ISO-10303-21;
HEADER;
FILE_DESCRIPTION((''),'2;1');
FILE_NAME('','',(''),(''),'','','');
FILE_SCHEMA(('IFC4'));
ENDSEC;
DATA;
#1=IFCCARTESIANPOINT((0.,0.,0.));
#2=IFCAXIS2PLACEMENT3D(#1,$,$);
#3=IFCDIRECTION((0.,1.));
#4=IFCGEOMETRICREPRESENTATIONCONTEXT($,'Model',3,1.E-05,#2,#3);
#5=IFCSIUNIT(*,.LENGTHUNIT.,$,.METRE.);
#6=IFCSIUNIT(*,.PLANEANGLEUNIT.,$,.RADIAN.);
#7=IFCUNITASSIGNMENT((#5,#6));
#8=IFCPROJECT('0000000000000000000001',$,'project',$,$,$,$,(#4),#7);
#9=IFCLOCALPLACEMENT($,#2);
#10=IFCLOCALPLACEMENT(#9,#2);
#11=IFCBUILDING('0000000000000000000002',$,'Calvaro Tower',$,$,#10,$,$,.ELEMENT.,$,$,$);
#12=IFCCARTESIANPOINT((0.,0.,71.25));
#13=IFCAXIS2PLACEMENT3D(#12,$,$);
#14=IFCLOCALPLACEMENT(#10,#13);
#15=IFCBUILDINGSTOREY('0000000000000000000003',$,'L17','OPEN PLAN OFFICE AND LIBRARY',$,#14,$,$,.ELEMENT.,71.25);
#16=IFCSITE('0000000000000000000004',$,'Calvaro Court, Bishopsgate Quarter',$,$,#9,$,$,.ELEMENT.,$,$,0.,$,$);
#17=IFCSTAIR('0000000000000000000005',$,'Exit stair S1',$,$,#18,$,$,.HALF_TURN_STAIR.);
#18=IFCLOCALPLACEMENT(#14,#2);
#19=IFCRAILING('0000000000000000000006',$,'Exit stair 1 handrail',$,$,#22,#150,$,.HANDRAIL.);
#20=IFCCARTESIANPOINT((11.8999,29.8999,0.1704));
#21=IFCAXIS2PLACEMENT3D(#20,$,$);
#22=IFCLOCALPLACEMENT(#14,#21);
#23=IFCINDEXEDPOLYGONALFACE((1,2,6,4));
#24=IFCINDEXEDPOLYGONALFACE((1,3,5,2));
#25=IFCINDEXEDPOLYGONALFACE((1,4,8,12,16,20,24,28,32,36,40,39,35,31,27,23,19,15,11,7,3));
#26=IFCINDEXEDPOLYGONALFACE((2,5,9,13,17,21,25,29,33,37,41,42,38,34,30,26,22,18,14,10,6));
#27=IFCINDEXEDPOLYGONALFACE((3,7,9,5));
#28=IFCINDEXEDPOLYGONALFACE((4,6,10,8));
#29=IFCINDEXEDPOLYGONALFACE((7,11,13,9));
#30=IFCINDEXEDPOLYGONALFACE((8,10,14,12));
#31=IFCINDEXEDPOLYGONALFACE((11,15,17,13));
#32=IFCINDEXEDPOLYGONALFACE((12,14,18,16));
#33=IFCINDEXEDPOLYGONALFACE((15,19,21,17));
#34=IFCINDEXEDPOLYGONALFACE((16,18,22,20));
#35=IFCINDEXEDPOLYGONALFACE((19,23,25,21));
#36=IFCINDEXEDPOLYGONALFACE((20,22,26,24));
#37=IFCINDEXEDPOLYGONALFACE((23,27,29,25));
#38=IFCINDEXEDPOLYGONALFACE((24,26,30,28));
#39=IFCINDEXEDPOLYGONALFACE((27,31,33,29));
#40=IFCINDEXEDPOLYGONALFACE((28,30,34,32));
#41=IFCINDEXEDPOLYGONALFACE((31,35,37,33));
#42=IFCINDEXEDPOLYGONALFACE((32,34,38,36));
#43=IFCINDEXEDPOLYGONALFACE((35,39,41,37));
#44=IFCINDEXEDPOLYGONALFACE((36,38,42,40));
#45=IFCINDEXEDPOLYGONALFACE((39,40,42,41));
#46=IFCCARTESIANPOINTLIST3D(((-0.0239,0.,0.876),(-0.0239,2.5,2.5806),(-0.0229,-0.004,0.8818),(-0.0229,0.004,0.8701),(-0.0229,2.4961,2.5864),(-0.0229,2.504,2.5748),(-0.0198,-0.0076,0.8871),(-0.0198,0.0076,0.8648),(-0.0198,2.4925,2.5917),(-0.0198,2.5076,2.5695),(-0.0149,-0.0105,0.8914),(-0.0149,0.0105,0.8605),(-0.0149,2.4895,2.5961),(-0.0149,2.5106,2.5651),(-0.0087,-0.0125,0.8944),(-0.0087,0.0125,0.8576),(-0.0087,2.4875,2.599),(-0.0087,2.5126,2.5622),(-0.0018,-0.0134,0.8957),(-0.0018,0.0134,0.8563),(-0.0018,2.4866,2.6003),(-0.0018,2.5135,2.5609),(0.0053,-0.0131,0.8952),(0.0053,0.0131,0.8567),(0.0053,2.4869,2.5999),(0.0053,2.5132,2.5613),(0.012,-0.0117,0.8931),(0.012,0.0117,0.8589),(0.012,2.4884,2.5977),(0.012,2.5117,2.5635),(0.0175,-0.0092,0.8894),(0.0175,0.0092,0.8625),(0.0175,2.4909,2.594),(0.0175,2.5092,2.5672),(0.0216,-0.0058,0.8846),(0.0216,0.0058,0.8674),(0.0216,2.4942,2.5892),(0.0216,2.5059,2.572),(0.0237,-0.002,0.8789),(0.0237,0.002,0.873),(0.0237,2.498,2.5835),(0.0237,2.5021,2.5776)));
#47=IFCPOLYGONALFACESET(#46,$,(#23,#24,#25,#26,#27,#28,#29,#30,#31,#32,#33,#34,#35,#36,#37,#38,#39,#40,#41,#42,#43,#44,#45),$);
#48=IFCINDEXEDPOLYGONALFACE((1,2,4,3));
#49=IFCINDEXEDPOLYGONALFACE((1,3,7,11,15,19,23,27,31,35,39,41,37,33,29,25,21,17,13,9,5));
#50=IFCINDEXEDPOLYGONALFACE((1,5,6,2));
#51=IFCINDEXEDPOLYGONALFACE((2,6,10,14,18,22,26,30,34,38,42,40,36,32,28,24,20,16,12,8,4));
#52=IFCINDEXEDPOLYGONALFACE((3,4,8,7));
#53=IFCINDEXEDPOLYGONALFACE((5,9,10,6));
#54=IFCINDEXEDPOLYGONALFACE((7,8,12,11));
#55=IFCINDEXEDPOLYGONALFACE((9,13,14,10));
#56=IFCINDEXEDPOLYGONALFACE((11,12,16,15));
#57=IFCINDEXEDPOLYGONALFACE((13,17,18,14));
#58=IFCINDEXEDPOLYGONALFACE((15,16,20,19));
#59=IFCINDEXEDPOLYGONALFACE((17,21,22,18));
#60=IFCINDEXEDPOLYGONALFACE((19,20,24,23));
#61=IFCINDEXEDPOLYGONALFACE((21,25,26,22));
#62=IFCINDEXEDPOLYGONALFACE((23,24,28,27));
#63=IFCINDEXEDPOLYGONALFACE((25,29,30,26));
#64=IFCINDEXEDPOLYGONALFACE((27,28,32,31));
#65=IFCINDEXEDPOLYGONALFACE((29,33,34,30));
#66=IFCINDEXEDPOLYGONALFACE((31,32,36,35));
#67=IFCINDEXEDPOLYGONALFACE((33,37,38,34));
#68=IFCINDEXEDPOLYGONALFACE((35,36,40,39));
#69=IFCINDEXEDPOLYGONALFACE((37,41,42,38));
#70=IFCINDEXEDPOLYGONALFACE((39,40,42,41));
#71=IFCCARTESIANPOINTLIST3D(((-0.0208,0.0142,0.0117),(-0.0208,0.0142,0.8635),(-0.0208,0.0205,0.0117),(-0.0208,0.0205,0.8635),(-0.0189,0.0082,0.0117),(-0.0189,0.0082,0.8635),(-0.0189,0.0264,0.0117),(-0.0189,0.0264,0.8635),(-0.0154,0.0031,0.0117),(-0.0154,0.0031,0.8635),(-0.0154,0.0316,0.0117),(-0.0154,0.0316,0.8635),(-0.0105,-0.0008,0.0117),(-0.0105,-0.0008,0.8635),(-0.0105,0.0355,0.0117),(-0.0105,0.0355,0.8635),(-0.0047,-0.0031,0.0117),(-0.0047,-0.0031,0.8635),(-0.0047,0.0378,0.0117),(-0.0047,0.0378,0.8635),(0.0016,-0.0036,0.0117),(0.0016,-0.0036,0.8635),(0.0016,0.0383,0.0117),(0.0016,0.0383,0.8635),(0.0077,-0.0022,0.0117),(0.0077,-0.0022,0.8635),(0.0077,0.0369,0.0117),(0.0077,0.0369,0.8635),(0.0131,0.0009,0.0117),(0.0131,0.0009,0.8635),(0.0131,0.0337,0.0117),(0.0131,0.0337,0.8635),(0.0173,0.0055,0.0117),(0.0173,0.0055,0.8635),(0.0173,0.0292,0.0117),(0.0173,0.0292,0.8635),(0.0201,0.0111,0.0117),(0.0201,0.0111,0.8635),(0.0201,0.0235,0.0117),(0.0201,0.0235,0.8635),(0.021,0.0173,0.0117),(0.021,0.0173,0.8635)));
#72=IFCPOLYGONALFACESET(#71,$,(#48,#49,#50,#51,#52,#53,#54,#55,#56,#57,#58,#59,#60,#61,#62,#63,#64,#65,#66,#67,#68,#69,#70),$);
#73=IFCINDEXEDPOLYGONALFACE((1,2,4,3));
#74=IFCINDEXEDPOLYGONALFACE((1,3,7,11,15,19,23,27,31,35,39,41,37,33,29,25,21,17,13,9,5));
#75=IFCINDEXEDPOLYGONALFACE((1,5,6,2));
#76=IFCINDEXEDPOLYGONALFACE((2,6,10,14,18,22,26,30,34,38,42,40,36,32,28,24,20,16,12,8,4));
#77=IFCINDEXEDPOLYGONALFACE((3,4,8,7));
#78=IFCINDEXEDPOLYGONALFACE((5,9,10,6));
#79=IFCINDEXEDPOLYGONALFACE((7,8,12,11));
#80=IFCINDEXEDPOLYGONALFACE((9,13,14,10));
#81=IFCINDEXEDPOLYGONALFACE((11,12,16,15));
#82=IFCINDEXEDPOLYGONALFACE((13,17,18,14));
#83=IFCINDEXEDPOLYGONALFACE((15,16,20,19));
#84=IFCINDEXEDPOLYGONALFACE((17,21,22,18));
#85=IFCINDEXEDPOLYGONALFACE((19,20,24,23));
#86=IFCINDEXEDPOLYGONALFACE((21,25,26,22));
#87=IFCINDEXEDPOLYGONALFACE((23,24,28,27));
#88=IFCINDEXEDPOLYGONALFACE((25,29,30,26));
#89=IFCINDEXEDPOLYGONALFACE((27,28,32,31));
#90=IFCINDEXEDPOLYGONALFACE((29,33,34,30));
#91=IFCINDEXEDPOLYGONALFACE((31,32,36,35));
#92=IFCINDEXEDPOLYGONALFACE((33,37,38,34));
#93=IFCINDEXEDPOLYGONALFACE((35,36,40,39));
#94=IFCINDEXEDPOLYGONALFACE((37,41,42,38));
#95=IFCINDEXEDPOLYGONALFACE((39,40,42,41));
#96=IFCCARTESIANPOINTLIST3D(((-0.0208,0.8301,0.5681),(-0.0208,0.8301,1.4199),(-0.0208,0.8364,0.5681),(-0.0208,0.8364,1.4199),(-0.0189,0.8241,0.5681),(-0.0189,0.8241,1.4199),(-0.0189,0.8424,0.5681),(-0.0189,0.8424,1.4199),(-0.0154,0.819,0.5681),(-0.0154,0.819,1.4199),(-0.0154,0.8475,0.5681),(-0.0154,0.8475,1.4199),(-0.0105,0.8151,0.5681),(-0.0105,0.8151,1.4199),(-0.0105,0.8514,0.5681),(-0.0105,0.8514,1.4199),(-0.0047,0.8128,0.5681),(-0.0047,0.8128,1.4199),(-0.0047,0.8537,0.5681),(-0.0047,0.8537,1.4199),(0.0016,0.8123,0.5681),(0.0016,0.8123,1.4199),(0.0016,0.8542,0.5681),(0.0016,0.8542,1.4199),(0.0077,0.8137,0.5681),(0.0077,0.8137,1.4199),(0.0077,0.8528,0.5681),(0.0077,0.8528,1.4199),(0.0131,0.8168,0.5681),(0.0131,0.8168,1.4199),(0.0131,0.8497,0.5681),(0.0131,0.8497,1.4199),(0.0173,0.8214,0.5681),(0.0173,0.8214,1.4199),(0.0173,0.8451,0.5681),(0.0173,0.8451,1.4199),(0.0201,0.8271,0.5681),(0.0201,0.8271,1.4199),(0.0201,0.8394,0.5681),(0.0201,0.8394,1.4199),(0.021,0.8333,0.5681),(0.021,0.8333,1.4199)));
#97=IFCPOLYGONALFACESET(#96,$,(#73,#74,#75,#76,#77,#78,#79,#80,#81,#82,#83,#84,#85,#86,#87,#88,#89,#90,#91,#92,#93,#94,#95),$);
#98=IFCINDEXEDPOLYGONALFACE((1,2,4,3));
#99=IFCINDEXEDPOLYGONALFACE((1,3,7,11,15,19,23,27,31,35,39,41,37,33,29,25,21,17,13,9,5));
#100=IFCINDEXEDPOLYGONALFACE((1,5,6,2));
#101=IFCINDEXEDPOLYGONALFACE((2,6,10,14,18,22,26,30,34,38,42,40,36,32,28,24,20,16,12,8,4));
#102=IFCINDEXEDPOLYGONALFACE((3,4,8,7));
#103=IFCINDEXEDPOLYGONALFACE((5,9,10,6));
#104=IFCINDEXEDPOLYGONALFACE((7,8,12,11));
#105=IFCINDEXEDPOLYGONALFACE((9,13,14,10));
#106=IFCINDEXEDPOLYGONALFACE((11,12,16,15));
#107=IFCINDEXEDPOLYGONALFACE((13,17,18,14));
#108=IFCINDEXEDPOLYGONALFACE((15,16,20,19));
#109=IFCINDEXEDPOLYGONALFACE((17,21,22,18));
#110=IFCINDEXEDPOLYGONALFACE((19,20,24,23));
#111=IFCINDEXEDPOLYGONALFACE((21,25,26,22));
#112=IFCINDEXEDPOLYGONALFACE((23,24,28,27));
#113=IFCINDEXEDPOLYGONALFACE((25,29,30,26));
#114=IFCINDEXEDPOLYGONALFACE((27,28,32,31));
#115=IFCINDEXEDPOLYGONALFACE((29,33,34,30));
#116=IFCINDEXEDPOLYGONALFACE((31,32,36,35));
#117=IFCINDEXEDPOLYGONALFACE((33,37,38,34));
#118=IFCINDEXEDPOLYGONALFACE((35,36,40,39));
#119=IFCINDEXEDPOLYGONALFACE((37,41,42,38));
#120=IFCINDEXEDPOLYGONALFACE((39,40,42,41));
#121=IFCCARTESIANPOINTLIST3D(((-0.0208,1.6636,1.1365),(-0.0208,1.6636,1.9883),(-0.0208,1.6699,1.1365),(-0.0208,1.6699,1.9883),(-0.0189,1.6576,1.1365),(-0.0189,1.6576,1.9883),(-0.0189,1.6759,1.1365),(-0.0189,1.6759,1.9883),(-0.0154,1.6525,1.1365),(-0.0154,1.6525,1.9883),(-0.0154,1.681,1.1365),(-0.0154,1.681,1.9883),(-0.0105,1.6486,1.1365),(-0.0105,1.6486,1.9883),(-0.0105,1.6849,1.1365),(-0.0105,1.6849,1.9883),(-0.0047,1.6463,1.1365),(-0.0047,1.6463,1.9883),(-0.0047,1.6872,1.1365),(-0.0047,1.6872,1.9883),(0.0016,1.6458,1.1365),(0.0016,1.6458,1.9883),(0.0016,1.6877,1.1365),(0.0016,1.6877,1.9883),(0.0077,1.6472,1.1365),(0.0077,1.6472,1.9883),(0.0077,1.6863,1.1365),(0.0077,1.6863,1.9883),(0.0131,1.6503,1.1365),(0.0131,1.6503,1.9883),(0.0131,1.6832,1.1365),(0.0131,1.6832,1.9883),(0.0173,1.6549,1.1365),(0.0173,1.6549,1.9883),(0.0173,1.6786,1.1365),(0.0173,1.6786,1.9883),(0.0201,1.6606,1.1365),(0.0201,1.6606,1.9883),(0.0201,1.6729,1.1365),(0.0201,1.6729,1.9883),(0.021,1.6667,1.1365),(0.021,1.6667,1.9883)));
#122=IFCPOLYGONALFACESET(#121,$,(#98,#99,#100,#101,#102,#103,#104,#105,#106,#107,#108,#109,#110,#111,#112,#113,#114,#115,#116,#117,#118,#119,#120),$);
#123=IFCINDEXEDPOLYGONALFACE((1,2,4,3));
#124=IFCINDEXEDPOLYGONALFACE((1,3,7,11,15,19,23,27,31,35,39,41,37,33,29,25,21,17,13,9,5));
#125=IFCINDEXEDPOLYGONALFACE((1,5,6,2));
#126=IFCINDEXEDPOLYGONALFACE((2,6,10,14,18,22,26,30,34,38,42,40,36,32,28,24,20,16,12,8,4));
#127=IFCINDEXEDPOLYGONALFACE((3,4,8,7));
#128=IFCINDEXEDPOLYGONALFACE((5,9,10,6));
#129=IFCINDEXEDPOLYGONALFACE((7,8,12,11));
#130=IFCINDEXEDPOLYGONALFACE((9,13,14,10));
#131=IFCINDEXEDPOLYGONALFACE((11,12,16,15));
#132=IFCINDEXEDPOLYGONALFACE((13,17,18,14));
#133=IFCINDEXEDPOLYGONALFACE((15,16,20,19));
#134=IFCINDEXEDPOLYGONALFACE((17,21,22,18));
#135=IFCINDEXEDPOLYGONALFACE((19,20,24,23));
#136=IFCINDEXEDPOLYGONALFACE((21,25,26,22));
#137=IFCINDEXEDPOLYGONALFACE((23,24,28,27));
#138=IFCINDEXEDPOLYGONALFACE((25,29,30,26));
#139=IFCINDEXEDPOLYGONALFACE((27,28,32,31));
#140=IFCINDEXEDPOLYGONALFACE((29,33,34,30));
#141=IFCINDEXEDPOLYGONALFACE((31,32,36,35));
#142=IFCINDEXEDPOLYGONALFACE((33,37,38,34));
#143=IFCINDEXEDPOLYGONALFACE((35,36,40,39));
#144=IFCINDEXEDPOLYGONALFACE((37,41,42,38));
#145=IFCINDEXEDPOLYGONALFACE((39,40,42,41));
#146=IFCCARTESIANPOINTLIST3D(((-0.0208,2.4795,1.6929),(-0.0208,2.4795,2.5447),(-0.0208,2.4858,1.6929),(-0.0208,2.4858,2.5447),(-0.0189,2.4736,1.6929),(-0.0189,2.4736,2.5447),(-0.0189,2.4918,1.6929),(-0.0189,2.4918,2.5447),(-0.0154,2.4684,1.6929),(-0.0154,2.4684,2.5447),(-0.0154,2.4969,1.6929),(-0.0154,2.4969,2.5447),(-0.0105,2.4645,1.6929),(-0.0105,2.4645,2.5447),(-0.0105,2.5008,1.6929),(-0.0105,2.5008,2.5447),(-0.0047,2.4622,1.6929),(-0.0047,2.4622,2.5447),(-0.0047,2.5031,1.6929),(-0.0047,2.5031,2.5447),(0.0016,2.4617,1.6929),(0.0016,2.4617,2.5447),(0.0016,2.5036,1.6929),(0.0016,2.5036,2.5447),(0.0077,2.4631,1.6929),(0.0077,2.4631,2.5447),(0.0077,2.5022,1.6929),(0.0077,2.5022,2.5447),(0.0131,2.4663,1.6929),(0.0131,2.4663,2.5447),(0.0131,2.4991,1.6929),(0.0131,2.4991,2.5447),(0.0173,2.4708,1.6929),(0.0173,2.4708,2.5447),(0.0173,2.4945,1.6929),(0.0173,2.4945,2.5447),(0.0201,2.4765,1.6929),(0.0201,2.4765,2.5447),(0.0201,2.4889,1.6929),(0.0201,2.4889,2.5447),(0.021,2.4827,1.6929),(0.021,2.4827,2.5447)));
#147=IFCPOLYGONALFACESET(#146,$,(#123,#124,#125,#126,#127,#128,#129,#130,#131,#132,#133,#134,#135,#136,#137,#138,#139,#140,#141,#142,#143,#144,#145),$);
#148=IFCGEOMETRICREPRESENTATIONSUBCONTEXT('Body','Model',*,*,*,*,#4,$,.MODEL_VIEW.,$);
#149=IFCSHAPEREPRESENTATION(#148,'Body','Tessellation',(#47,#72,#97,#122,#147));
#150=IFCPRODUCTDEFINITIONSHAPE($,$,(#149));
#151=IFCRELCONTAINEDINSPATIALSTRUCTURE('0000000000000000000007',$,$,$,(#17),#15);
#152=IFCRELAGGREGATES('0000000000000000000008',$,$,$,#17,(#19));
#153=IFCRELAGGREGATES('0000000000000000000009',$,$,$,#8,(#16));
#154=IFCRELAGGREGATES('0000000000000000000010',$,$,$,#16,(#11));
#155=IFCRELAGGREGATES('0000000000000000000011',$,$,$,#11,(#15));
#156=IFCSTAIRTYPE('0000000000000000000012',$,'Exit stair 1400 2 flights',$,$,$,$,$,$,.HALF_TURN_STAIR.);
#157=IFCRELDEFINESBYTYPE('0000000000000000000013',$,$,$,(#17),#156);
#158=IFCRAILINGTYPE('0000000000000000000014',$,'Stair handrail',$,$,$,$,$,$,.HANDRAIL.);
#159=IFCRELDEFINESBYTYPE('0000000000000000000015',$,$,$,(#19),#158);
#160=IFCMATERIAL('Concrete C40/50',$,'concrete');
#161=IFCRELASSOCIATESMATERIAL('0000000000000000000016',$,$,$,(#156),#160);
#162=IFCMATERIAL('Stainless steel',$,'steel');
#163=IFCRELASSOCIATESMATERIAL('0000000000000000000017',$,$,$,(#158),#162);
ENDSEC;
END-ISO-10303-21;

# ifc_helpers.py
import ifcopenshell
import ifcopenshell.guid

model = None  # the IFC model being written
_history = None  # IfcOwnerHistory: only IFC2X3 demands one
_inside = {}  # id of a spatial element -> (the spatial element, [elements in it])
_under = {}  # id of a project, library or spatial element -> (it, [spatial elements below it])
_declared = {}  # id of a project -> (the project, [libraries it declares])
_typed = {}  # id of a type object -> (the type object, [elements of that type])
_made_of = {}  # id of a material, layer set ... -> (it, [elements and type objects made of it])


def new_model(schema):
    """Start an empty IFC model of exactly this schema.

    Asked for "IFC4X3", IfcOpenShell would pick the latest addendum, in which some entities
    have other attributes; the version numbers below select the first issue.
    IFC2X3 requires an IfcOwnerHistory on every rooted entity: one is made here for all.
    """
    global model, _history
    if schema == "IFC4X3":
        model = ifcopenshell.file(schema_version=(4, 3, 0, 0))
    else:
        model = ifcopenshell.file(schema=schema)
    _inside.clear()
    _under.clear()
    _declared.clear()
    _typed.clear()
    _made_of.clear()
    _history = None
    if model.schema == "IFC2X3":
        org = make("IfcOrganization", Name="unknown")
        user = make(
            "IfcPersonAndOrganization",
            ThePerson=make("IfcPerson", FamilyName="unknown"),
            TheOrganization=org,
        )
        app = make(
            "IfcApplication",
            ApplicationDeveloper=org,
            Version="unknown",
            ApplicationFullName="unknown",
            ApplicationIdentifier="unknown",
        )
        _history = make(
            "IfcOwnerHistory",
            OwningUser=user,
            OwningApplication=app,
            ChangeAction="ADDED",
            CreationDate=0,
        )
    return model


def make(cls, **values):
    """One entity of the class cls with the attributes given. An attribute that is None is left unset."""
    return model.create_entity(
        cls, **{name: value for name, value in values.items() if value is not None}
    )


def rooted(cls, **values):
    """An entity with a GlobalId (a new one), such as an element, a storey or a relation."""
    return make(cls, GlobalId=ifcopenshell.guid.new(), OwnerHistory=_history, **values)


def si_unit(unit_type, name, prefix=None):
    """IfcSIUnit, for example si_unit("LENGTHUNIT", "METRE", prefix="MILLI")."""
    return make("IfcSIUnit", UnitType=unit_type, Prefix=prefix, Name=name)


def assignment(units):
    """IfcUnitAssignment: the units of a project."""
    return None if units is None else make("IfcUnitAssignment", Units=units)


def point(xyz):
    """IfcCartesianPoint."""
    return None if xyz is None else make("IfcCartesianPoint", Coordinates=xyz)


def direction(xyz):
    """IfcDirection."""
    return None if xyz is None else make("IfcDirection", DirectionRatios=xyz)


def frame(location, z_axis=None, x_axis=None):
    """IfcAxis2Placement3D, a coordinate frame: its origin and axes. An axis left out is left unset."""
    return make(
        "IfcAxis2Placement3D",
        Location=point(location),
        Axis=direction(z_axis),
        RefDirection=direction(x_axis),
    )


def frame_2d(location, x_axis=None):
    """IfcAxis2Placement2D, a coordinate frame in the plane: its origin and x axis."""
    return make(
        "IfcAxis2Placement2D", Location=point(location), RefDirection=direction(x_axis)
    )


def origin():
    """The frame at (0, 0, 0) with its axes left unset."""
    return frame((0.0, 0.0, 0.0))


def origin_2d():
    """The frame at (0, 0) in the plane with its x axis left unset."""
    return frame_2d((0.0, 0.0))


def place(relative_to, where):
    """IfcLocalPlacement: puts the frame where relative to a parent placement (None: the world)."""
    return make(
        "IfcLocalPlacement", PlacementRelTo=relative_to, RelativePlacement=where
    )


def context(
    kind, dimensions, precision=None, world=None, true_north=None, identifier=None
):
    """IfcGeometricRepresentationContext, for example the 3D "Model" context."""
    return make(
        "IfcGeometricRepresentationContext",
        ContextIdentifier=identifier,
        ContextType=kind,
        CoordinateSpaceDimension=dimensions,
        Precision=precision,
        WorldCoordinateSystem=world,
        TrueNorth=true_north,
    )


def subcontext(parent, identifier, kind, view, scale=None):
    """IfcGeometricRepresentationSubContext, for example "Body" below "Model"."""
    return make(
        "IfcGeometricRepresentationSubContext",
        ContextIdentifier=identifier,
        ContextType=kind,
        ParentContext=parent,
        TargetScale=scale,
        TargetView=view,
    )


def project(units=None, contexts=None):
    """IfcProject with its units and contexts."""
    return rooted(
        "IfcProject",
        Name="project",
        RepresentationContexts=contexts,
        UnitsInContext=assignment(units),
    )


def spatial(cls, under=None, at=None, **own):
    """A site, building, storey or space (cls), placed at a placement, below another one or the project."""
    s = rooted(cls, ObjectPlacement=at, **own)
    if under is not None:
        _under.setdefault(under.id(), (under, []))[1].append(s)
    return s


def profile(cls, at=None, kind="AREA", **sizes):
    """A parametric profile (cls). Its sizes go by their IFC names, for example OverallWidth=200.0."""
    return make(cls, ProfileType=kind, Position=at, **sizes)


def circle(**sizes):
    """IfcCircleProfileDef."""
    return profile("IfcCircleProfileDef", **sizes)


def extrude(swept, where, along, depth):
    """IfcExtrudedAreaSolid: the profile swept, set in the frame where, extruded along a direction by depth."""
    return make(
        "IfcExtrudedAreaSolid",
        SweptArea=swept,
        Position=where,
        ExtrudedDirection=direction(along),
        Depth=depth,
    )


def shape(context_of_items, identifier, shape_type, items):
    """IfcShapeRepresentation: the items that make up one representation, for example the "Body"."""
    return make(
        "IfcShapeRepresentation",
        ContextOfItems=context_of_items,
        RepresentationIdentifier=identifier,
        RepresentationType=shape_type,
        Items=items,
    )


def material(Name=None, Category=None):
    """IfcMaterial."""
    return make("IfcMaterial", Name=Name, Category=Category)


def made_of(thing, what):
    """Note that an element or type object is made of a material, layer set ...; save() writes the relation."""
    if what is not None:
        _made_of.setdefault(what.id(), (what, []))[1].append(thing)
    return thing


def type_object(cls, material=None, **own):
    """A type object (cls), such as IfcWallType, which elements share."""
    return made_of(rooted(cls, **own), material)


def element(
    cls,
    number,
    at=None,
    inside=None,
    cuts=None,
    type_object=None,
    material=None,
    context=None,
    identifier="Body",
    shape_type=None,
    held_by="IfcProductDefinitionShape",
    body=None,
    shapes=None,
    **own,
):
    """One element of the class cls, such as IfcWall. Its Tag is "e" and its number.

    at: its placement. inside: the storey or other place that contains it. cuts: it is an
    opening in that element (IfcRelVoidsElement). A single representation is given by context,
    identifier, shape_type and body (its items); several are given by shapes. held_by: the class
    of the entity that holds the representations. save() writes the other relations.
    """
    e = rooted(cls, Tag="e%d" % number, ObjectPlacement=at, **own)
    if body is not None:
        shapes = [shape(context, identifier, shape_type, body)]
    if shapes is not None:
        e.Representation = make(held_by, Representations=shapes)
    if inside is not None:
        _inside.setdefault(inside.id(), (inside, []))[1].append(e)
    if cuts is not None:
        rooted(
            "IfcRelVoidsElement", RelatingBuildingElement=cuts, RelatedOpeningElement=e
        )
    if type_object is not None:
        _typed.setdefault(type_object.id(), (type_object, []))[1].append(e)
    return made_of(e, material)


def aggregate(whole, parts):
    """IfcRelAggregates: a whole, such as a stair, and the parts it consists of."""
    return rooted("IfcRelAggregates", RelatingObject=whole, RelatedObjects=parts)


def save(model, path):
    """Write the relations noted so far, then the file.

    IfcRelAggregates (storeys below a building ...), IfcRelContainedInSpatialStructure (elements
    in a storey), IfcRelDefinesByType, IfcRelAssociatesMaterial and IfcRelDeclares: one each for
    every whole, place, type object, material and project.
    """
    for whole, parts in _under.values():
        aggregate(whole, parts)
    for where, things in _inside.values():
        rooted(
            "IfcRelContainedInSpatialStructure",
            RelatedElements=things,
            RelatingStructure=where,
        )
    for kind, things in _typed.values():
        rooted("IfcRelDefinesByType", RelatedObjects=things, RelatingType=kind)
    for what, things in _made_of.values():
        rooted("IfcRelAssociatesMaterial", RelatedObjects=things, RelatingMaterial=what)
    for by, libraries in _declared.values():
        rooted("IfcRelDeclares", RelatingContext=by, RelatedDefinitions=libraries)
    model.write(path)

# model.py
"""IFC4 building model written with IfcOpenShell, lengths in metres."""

from ifc_helpers import new_model, si_unit, direction, frame, origin, origin_2d, place, context, subcontext, project, spatial, circle, extrude, material, type_object, element, aggregate, save


model = new_model("IFC4")

# Units and contexts
model_context = context("Model", 3, precision=1e-05, world=origin(), true_north=direction((0.0, 1.0)))
body_context = subcontext(model_context, "Body", "Model", "MODEL_VIEW")
ifc_project = project(units=[si_unit("LENGTHUNIT", "METRE"), si_unit("PLANEANGLEUNIT", "RADIAN")], contexts=[model_context])

# Site, building, storey
site_placement = place(None, origin())
site = spatial("IfcSite", under=ifc_project, at=site_placement, Name="Calvaro Court, Bishopsgate Quarter", CompositionType="ELEMENT", RefElevation=0.0)
building_placement = place(site_placement, origin())
building = spatial("IfcBuilding", under=site, at=building_placement, Name="Calvaro Tower", CompositionType="ELEMENT")
storey_placement = place(building_placement, frame((0.0, 0.0, 71.25)))
storey = spatial("IfcBuildingStorey", under=building, at=storey_placement, Name="L17", Description="OPEN PLAN OFFICE AND LIBRARY", CompositionType="ELEMENT", Elevation=71.25)

# Stair, railing
ifc_material_1 = material(Name="Concrete C40/50", Category="concrete")
stair_type = type_object("IfcStairType", Name="Exit stair 1400 2 flights", PredefinedType="HALF_TURN_STAIR", material=ifc_material_1)
stair_placement = place(storey_placement, origin())
stair = element("IfcStair", 1, at=stair_placement, inside=storey, type_object=stair_type, Name="Exit stair S1", PredefinedType="HALF_TURN_STAIR")
ifc_material_2 = material(Name="Stainless steel", Category="steel")
railing_type = type_object("IfcRailingType", Name="Stair handrail", PredefinedType="HANDRAIL", material=ifc_material_2)
railing_1_placement = place(storey_placement, frame((11.8999, 29.8999, 0.1704)))
railing_1 = element("IfcRailing", 2, at=railing_1_placement, type_object=railing_type, Name="Exit stair 1 handrail", PredefinedType="HANDRAIL", context=body_context, shape_type="SweptSolid", body=[
    extrude(circle(Radius=0.0239, at=origin_2d()), frame((0.0, 0.0, 0.876), z_axis=(0.0, 0.826221, 0.563347), x_axis=(-1.0, 0.0, 0.0)), (0.0, 0.0, 1.0), 3.0259),
    extrude(circle(Radius=0.021, at=origin_2d()), frame((0.0, 0.0173, 0.0117)), (0.0, 0.0, 1.0), 0.8518),
    extrude(circle(Radius=0.021, at=origin_2d()), frame((0.0, 0.8333, 0.5681)), (0.0, 0.0, 1.0), 0.8518),
    extrude(circle(Radius=0.021, at=origin_2d()), frame((0.0, 1.6667, 1.1365)), (0.0, 0.0, 1.0), 0.8518),
    extrude(circle(Radius=0.021, at=origin_2d()), frame((0.0, 2.4827, 1.6929)), (0.0, 0.0, 1.0), 0.8518),
])
aggregate(stair, [railing_1])

save(model, "model.ifc")
